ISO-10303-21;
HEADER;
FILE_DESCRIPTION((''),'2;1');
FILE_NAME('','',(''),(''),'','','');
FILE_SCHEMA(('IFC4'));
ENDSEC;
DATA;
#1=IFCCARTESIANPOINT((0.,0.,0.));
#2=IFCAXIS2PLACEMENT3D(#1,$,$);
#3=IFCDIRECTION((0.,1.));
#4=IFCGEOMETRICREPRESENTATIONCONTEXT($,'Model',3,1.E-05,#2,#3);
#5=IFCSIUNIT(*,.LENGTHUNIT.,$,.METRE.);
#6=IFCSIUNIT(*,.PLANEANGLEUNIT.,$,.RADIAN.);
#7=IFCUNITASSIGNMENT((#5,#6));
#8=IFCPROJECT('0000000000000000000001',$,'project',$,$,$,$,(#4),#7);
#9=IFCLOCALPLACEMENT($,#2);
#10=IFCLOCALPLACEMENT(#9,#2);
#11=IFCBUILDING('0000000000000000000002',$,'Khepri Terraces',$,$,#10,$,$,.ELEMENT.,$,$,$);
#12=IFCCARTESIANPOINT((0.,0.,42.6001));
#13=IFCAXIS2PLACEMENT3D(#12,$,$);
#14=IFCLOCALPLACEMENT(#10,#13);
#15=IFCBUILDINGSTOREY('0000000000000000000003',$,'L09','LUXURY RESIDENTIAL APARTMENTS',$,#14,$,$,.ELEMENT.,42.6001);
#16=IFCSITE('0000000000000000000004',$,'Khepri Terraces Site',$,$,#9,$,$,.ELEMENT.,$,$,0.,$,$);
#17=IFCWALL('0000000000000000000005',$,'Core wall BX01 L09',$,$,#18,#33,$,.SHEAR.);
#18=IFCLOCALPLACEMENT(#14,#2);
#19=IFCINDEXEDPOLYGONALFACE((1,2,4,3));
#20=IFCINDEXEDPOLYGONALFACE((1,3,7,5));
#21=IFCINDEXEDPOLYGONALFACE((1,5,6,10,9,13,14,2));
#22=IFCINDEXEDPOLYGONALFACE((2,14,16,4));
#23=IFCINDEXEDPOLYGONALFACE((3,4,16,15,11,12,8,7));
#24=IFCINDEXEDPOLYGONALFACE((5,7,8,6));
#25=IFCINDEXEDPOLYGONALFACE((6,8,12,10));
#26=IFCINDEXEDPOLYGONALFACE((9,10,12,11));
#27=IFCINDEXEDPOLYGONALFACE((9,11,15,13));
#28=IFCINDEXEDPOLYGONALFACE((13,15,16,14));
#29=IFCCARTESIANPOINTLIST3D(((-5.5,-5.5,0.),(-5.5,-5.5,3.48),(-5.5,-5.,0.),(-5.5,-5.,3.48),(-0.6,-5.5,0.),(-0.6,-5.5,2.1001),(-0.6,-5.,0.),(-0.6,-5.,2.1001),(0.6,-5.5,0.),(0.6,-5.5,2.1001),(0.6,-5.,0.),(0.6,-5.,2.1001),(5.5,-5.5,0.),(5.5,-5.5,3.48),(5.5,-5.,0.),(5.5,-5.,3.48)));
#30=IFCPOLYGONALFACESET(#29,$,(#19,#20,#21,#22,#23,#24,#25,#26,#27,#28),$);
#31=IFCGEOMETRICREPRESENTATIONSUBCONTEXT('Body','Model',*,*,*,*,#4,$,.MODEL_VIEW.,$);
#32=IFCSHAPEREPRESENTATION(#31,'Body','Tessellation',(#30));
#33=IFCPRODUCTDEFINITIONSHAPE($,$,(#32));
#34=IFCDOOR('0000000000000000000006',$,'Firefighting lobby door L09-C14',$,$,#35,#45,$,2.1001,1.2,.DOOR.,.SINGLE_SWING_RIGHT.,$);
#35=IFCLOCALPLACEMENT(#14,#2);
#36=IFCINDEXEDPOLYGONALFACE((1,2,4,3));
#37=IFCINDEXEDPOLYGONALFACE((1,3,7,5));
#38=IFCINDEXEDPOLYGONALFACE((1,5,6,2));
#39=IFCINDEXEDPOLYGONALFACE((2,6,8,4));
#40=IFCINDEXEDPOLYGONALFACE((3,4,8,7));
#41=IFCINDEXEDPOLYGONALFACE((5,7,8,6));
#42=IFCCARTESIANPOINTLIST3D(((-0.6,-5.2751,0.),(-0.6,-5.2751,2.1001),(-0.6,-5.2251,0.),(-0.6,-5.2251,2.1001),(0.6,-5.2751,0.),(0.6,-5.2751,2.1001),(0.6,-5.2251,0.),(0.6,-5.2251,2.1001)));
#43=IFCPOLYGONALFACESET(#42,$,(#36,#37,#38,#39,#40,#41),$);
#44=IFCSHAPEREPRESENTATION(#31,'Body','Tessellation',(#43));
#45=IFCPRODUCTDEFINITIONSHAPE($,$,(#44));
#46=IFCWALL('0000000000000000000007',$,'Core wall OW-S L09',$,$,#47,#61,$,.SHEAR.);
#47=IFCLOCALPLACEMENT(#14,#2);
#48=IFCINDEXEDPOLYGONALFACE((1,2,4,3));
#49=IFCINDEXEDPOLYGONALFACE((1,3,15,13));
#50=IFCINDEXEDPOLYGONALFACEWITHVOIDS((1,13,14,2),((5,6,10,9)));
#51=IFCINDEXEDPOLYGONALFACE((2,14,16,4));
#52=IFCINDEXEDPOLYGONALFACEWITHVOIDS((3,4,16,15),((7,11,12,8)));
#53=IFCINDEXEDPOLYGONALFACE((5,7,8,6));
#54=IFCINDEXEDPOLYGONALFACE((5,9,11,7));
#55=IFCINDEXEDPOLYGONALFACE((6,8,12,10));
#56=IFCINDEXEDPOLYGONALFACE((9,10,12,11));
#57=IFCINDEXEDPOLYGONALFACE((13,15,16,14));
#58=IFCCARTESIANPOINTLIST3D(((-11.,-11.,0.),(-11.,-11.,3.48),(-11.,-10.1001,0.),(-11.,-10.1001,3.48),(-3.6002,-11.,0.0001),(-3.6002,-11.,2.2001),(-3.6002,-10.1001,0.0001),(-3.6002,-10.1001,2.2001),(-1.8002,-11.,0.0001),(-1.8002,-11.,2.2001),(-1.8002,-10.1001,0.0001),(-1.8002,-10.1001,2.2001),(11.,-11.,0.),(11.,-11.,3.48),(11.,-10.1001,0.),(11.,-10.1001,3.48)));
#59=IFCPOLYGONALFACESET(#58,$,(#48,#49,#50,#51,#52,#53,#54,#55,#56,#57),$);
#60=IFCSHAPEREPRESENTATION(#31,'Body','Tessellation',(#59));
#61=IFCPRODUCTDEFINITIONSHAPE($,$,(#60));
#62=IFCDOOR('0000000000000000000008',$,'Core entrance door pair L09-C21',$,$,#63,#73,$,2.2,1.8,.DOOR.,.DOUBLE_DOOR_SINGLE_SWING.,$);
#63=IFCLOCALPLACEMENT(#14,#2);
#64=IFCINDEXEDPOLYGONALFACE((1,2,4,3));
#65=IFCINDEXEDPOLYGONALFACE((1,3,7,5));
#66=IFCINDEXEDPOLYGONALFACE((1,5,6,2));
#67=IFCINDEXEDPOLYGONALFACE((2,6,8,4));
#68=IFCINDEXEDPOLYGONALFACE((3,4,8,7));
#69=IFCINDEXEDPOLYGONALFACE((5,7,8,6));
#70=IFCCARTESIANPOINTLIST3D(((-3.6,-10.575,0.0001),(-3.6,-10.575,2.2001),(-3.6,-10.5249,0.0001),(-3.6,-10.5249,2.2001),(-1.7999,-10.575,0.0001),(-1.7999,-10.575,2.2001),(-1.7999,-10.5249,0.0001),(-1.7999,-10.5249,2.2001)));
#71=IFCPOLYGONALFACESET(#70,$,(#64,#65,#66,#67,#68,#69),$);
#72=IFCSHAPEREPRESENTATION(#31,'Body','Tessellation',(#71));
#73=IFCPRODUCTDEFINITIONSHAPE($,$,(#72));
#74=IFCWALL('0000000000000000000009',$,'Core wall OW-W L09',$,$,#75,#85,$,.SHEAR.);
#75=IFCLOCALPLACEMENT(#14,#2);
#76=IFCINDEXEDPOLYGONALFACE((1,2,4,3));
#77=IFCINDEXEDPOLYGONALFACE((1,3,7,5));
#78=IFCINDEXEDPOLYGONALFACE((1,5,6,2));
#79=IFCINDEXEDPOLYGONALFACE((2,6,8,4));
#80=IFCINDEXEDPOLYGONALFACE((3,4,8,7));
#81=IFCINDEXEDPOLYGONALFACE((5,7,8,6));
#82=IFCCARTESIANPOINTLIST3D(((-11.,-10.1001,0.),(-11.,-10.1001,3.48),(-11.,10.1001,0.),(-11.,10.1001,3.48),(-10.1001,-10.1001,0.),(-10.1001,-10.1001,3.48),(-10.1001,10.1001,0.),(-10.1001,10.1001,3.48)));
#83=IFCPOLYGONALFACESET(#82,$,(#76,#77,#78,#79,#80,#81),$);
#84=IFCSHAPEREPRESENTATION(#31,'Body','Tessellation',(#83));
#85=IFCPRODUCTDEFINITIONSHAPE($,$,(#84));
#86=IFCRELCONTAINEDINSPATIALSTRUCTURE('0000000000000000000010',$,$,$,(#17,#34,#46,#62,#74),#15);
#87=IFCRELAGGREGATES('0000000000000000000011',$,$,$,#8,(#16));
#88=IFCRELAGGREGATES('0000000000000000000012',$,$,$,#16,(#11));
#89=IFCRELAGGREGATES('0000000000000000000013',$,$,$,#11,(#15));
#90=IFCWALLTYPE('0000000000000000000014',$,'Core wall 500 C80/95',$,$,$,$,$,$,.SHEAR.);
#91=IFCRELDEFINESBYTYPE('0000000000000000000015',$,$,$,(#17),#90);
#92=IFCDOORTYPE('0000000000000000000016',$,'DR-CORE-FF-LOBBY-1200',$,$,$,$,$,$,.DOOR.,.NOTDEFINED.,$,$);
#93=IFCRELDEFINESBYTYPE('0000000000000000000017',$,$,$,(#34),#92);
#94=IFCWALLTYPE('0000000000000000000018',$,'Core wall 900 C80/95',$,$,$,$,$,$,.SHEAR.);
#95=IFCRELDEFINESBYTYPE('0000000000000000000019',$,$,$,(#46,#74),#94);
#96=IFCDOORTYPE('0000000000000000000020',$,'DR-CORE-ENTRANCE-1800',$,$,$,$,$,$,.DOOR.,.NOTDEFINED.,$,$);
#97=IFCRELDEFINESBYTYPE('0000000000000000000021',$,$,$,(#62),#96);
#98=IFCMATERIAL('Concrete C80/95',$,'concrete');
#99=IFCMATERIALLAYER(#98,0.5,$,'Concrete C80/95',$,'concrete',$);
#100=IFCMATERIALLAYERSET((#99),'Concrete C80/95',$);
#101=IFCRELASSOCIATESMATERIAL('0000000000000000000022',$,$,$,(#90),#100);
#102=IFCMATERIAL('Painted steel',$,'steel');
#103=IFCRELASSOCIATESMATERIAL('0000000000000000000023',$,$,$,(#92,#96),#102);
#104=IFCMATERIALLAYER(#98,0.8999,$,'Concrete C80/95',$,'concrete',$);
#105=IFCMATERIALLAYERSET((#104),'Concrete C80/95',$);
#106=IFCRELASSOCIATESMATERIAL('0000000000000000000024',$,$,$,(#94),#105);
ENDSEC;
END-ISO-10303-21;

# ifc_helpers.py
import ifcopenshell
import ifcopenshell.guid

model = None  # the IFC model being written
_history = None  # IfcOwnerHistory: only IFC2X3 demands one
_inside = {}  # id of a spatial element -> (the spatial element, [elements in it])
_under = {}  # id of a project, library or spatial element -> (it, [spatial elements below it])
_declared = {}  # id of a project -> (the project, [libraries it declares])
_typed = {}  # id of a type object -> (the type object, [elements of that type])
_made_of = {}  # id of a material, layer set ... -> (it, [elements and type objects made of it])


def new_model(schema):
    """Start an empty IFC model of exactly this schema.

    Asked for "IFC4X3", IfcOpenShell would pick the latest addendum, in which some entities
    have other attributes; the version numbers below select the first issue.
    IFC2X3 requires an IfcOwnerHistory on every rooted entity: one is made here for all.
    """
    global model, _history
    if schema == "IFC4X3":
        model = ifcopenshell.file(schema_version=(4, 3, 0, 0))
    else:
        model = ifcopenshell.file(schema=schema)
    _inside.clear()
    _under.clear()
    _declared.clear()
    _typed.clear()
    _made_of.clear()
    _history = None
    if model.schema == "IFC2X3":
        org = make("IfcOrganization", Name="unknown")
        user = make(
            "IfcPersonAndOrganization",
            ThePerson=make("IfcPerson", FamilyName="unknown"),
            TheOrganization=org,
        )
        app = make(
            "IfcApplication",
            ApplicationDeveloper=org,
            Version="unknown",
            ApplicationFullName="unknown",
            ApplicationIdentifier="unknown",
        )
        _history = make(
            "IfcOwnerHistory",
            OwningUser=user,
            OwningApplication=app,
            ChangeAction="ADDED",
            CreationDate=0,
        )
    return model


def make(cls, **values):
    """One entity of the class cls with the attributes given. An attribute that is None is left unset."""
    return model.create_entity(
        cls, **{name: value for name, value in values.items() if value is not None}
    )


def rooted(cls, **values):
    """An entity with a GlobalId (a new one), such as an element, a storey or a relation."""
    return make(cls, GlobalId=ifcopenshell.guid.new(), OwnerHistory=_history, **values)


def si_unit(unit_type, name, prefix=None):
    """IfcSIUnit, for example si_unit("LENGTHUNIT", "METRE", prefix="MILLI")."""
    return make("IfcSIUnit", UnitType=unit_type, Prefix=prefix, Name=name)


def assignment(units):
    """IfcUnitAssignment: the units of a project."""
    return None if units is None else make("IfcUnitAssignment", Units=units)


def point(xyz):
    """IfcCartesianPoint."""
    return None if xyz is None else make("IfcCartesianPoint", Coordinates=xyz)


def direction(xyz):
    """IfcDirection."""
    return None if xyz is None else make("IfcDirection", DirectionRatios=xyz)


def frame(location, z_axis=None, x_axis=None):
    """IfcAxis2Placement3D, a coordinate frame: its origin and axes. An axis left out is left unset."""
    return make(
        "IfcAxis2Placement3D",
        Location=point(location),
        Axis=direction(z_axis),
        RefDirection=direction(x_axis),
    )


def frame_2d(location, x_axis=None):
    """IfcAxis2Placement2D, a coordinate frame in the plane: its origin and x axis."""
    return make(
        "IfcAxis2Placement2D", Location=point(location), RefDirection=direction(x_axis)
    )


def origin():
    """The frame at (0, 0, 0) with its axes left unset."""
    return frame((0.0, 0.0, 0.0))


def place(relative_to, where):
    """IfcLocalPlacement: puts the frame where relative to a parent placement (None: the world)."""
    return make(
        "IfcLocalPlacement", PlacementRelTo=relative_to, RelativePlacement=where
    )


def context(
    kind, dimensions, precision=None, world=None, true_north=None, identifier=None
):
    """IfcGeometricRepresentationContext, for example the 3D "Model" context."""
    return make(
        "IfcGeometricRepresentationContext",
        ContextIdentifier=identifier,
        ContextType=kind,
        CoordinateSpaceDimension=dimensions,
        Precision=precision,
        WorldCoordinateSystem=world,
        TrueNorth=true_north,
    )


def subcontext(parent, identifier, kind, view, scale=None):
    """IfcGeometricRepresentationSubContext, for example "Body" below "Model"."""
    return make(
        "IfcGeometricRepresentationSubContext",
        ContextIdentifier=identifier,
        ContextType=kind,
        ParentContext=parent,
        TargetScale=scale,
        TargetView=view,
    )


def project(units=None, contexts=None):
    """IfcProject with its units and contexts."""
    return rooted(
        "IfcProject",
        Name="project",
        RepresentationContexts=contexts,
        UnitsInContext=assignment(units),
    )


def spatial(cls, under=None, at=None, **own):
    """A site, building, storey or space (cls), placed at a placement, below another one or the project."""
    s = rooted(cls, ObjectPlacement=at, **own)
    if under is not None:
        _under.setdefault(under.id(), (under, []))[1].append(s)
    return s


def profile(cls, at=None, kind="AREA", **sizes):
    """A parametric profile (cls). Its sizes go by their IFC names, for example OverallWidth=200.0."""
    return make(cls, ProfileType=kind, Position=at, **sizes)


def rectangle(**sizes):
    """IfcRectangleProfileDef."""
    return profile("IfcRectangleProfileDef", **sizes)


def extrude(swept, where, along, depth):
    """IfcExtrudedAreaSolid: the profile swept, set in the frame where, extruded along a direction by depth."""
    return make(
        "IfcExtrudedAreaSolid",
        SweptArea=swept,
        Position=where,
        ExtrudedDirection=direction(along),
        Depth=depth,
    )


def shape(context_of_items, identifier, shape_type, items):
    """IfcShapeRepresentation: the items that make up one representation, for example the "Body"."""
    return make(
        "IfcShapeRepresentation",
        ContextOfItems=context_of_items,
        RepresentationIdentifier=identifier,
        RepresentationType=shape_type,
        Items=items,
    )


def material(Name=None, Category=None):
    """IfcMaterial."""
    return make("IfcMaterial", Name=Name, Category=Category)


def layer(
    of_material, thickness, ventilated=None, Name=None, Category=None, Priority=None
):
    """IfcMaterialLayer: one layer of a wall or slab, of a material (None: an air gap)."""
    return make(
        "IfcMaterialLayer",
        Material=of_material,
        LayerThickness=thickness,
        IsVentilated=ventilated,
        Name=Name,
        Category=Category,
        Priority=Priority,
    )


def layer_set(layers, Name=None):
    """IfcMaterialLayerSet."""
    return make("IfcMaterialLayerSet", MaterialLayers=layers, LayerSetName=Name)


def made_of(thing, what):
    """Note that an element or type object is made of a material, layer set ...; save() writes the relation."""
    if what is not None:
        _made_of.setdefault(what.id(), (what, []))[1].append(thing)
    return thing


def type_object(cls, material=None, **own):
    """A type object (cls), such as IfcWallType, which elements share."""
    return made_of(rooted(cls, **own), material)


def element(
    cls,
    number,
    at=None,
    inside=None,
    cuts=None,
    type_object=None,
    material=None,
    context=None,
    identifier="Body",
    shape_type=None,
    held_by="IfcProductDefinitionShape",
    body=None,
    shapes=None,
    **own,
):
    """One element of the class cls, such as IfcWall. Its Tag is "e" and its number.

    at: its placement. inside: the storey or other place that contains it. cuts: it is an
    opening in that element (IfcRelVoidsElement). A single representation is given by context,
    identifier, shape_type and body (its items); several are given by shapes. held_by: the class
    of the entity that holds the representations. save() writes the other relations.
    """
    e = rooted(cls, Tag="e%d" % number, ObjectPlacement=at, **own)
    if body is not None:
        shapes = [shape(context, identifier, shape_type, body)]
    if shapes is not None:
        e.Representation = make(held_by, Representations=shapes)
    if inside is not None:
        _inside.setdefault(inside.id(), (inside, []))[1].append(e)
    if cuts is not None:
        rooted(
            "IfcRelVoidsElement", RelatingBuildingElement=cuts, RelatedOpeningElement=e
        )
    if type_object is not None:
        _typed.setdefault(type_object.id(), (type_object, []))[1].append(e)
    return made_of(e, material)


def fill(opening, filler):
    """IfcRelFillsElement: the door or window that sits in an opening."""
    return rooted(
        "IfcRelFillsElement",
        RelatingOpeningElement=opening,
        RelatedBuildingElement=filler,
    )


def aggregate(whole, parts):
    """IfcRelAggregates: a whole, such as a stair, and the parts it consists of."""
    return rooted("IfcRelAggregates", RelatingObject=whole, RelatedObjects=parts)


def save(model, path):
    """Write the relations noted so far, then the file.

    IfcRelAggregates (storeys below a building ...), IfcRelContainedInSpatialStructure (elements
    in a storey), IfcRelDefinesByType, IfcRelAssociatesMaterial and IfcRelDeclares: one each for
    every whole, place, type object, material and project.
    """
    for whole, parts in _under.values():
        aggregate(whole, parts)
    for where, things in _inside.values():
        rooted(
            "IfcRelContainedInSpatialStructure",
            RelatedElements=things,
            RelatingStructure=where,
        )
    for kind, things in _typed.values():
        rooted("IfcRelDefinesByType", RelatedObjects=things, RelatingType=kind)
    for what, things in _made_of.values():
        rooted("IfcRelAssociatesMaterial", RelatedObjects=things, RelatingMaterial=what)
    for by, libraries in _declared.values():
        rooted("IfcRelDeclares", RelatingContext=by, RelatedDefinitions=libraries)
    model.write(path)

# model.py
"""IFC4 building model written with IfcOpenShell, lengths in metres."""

from ifc_helpers import new_model, si_unit, direction, frame, frame_2d, origin, place, context, subcontext, project, spatial, rectangle, extrude, material, layer, layer_set, type_object, element, fill, save


model = new_model("IFC4")

# Units and contexts
model_context = context("Model", 3, precision=1e-05, world=origin(), true_north=direction((0.0, 1.0)))
body_context = subcontext(model_context, "Body", "Model", "MODEL_VIEW")
ifc_project = project(units=[si_unit("LENGTHUNIT", "METRE"), si_unit("PLANEANGLEUNIT", "RADIAN")], contexts=[model_context])

# Site, building, storey
site_placement = place(None, origin())
site = spatial("IfcSite", under=ifc_project, at=site_placement, Name="Khepri Terraces Site", CompositionType="ELEMENT", RefElevation=0.0)
building_placement = place(site_placement, origin())
building = spatial("IfcBuilding", under=site, at=building_placement, Name="Khepri Terraces", CompositionType="ELEMENT")
storey_placement = place(building_placement, frame((0.0, 0.0, 42.6001)))
storey = spatial("IfcBuildingStorey", under=building, at=storey_placement, Name="L09", Description="LUXURY RESIDENTIAL APARTMENTS", CompositionType="ELEMENT", Elevation=42.6001)

# Shared definitions
ifc_material_1 = material(Name="Concrete C80/95", Category="concrete")

# Walls, openings, doors
ifc_layer_1 = layer(ifc_material_1, 0.5, Name="Concrete C80/95", Category="concrete")
ifc_layer_set_1 = layer_set([ifc_layer_1], Name="Concrete C80/95")
wall_type_1 = type_object("IfcWallType", Name="Core wall 500 C80/95", PredefinedType="SHEAR", material=ifc_layer_set_1)
wall_1_placement = place(storey_placement, frame((-5.5, -5.25, 0.0), z_axis=(0.0, 0.0, 1.0), x_axis=(1.0, 0.0, 0.0)))
wall_1 = element("IfcWall", 1, at=wall_1_placement, inside=storey, type_object=wall_type_1, Name="Core wall BX01 L09", PredefinedType="SHEAR", context=body_context, shape_type="SweptSolid", body=[
    extrude(rectangle(XDim=11.0, YDim=0.5, at=frame_2d((5.5, 0.0))), origin(), (0.0, 0.0, 1.0), 3.48),
])
opening_1_placement = place(wall_1_placement, frame((4.8999, 0.0, 0.0)))
opening_1 = element("IfcOpeningElement", 2, at=opening_1_placement, cuts=wall_1, PredefinedType="OPENING", context=body_context, shape_type="SweptSolid", body=[
    extrude(rectangle(XDim=1.2, YDim=2.1001, at=frame_2d((0.6001, 1.05))), frame((0.0, 0.26, 0.0), z_axis=(0.0, -1.0, 0.0), x_axis=(1.0, 0.0, 0.0)), (0.0, 0.0, 1.0), 0.52),
])
ifc_material_2 = material(Name="Painted steel", Category="steel")
door_type_1 = type_object("IfcDoorType", Name="DR-CORE-FF-LOBBY-1200", OperationType="NOTDEFINED", PredefinedType="DOOR", material=ifc_material_2)
door_1_placement = place(opening_1_placement, origin())
door_1 = element("IfcDoor", 3, at=door_1_placement, inside=storey, type_object=door_type_1, Name="Firefighting lobby door L09-C14", OperationType="SINGLE_SWING_RIGHT", OverallHeight=2.1001, OverallWidth=1.2, PredefinedType="DOOR", context=body_context, shape_type="SweptSolid", body=[
    extrude(rectangle(XDim=1.2, YDim=2.1001, at=frame_2d((0.6001, 1.05))), frame((0.0, 0.0249, 0.0), z_axis=(0.0, -1.0, 0.0), x_axis=(1.0, 0.0, 0.0)), (0.0, 0.0, 1.0), 0.05),
])
fill(opening_1, door_1)
ifc_layer_2 = layer(ifc_material_1, 0.8999, Name="Concrete C80/95", Category="concrete")
ifc_layer_set_2 = layer_set([ifc_layer_2], Name="Concrete C80/95")
wall_type_2 = type_object("IfcWallType", Name="Core wall 900 C80/95", PredefinedType="SHEAR", material=ifc_layer_set_2)
wall_2_placement = place(storey_placement, frame((-11.0, -10.55, 0.0), z_axis=(0.0, 0.0, 1.0), x_axis=(1.0, 0.0, 0.0)))
wall_2 = element("IfcWall", 4, at=wall_2_placement, inside=storey, type_object=wall_type_2, Name="Core wall OW-S L09", PredefinedType="SHEAR", context=body_context, shape_type="SweptSolid", body=[
    extrude(rectangle(XDim=22.0, YDim=0.8999, at=frame_2d((11.0, 0.0))), origin(), (0.0, 0.0, 1.0), 3.48),
])
opening_2_placement = place(wall_2_placement, frame((7.3999, 0.0, 0.0)))
opening_2 = element("IfcOpeningElement", 5, at=opening_2_placement, cuts=wall_2, PredefinedType="OPENING", context=body_context, shape_type="SweptSolid", body=[
    extrude(rectangle(XDim=1.8, YDim=2.2, at=frame_2d((0.8999, 1.1001))), frame((0.0, 0.46, 0.0), z_axis=(0.0, -1.0, 0.0), x_axis=(1.0, 0.0, 0.0)), (0.0, 0.0, 1.0), 0.9199),
])
door_type_2 = type_object("IfcDoorType", Name="DR-CORE-ENTRANCE-1800", OperationType="NOTDEFINED", PredefinedType="DOOR", material=ifc_material_2)
door_2_placement = place(opening_2_placement, frame((1.8, 0.0, 0.0), z_axis=(0.0, 0.0, 1.0), x_axis=(-1.0, 0.0, 0.0)))
door_2 = element("IfcDoor", 6, at=door_2_placement, inside=storey, type_object=door_type_2, Name="Core entrance door pair L09-C21", OperationType="DOUBLE_DOOR_SINGLE_SWING", OverallHeight=2.2, OverallWidth=1.8, PredefinedType="DOOR", context=body_context, shape_type="SweptSolid", body=[
    extrude(rectangle(XDim=1.8, YDim=2.2, at=frame_2d((0.8999, 1.1001))), frame((0.0, 0.0249, 0.0), z_axis=(0.0, -1.0, 0.0), x_axis=(1.0, 0.0, 0.0)), (0.0, 0.0, 1.0), 0.05),
])
fill(opening_2, door_2)

# Wall
wall_3_placement = place(storey_placement, frame((-10.55, -10.1001, 0.0), z_axis=(0.0, 0.0, 1.0), x_axis=(0.0, 1.0, 0.0)))
element("IfcWall", 7, at=wall_3_placement, inside=storey, type_object=wall_type_2, Name="Core wall OW-W L09", PredefinedType="SHEAR", context=body_context, shape_type="SweptSolid", body=[
    extrude(rectangle(XDim=20.2002, YDim=0.8999, at=frame_2d((10.1001, 0.0))), origin(), (0.0, 0.0, 1.0), 3.48),
])

save(model, "model.ifc")
